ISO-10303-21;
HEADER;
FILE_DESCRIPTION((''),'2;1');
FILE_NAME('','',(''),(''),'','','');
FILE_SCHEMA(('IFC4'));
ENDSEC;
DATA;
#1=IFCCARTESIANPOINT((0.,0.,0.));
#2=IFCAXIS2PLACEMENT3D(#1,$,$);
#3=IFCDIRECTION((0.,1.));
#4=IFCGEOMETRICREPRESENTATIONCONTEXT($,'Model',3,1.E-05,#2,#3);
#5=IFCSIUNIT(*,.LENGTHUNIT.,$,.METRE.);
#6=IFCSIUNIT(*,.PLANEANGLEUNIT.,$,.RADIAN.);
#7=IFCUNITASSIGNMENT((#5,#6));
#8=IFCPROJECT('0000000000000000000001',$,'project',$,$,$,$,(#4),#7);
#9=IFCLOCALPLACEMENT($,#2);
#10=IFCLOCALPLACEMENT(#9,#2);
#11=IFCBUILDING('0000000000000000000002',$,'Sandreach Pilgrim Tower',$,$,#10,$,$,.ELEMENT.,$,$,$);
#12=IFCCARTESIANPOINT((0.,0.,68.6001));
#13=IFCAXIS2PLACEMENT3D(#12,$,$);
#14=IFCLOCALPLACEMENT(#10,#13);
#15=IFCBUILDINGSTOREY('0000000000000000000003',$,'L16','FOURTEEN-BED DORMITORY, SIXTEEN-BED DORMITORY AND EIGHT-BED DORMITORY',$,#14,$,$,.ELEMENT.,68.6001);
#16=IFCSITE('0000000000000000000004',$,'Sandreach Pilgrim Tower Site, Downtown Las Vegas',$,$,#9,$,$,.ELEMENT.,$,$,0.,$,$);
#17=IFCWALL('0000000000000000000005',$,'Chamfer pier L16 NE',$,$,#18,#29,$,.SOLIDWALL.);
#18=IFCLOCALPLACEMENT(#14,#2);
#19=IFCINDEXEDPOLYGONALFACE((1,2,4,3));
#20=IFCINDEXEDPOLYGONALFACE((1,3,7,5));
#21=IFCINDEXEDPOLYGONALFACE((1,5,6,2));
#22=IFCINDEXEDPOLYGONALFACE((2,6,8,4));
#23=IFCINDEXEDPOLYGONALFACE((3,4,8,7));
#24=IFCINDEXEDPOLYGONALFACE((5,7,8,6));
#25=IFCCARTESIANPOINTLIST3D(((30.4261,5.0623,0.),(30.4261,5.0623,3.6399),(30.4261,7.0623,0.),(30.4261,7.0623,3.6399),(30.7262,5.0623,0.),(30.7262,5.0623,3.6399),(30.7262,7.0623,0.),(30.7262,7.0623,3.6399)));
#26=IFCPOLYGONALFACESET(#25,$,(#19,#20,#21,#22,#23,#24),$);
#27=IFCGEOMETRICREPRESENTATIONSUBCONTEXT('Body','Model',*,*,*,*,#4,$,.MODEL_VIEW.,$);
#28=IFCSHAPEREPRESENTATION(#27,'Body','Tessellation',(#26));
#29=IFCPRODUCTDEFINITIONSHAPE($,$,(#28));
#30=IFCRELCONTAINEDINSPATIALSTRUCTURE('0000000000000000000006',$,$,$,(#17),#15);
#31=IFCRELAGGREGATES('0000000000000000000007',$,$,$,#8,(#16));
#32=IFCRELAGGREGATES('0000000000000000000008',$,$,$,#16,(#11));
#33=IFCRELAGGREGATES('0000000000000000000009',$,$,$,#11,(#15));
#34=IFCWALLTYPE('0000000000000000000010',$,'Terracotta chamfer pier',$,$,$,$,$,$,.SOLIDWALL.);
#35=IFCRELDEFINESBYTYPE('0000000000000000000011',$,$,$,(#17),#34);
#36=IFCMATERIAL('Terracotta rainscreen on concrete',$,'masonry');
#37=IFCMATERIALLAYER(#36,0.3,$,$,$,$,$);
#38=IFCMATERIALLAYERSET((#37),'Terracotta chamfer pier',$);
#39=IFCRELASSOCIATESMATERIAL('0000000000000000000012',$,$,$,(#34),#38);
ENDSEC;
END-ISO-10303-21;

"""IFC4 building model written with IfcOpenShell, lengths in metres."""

from ifc_helpers import new_model, si_unit, direction, frame, frame_2d, origin, place, context, subcontext, project, spatial, rectangle, extrude, material, layer, layer_set, type_object, element, save


model = new_model("IFC4")

# Units and contexts
model_context = context("Model", 3, precision=1e-05, world=origin(), true_north=direction((0.0, 1.0)))
body_context = subcontext(model_context, "Body", "Model", "MODEL_VIEW")
ifc_project = project(units=[si_unit("LENGTHUNIT", "METRE"), si_unit("PLANEANGLEUNIT", "RADIAN")], contexts=[model_context])

# Site, building, storey
site_placement = place(None, origin())
site = spatial("IfcSite", under=ifc_project, at=site_placement, Name="Sandreach Pilgrim Tower Site, Downtown Las Vegas", CompositionType="ELEMENT", RefElevation=0.0)
building_placement = place(site_placement, origin())
building = spatial("IfcBuilding", under=site, at=building_placement, Name="Sandreach Pilgrim Tower", CompositionType="ELEMENT")
storey_placement = place(building_placement, frame((0.0, 0.0, 68.6001)))
storey = spatial("IfcBuildingStorey", under=building, at=storey_placement, Name="L16", Description="FOURTEEN-BED DORMITORY, SIXTEEN-BED DORMITORY AND EIGHT-BED DORMITORY", CompositionType="ELEMENT", Elevation=68.6001)

# Wall
ifc_material_1 = material(Name="Terracotta rainscreen on concrete", Category="masonry")
ifc_layer_1 = layer(ifc_material_1, 0.3)
ifc_layer_set_1 = layer_set([ifc_layer_1], Name="Terracotta chamfer pier")
wall_type_1 = type_object("IfcWallType", Name="Terracotta chamfer pier", PredefinedType="SOLIDWALL", material=ifc_layer_set_1)
wall_1_placement = place(storey_placement, frame((30.5762, 7.0623, 0.0), z_axis=(0.0, 0.0, 1.0), x_axis=(0.0, -1.0, 0.0)))
element("IfcWall", 1, at=wall_1_placement, inside=storey, type_object=wall_type_1, Name="Chamfer pier L16 NE", PredefinedType="SOLIDWALL", context=body_context, shape_type="SweptSolid", body=[
    extrude(rectangle(XDim=2.0, YDim=0.3, at=frame_2d((1.0, 0.0))), origin(), (0.0, 0.0, 1.0), 3.6399),
])

save(model, "model.ifc")
